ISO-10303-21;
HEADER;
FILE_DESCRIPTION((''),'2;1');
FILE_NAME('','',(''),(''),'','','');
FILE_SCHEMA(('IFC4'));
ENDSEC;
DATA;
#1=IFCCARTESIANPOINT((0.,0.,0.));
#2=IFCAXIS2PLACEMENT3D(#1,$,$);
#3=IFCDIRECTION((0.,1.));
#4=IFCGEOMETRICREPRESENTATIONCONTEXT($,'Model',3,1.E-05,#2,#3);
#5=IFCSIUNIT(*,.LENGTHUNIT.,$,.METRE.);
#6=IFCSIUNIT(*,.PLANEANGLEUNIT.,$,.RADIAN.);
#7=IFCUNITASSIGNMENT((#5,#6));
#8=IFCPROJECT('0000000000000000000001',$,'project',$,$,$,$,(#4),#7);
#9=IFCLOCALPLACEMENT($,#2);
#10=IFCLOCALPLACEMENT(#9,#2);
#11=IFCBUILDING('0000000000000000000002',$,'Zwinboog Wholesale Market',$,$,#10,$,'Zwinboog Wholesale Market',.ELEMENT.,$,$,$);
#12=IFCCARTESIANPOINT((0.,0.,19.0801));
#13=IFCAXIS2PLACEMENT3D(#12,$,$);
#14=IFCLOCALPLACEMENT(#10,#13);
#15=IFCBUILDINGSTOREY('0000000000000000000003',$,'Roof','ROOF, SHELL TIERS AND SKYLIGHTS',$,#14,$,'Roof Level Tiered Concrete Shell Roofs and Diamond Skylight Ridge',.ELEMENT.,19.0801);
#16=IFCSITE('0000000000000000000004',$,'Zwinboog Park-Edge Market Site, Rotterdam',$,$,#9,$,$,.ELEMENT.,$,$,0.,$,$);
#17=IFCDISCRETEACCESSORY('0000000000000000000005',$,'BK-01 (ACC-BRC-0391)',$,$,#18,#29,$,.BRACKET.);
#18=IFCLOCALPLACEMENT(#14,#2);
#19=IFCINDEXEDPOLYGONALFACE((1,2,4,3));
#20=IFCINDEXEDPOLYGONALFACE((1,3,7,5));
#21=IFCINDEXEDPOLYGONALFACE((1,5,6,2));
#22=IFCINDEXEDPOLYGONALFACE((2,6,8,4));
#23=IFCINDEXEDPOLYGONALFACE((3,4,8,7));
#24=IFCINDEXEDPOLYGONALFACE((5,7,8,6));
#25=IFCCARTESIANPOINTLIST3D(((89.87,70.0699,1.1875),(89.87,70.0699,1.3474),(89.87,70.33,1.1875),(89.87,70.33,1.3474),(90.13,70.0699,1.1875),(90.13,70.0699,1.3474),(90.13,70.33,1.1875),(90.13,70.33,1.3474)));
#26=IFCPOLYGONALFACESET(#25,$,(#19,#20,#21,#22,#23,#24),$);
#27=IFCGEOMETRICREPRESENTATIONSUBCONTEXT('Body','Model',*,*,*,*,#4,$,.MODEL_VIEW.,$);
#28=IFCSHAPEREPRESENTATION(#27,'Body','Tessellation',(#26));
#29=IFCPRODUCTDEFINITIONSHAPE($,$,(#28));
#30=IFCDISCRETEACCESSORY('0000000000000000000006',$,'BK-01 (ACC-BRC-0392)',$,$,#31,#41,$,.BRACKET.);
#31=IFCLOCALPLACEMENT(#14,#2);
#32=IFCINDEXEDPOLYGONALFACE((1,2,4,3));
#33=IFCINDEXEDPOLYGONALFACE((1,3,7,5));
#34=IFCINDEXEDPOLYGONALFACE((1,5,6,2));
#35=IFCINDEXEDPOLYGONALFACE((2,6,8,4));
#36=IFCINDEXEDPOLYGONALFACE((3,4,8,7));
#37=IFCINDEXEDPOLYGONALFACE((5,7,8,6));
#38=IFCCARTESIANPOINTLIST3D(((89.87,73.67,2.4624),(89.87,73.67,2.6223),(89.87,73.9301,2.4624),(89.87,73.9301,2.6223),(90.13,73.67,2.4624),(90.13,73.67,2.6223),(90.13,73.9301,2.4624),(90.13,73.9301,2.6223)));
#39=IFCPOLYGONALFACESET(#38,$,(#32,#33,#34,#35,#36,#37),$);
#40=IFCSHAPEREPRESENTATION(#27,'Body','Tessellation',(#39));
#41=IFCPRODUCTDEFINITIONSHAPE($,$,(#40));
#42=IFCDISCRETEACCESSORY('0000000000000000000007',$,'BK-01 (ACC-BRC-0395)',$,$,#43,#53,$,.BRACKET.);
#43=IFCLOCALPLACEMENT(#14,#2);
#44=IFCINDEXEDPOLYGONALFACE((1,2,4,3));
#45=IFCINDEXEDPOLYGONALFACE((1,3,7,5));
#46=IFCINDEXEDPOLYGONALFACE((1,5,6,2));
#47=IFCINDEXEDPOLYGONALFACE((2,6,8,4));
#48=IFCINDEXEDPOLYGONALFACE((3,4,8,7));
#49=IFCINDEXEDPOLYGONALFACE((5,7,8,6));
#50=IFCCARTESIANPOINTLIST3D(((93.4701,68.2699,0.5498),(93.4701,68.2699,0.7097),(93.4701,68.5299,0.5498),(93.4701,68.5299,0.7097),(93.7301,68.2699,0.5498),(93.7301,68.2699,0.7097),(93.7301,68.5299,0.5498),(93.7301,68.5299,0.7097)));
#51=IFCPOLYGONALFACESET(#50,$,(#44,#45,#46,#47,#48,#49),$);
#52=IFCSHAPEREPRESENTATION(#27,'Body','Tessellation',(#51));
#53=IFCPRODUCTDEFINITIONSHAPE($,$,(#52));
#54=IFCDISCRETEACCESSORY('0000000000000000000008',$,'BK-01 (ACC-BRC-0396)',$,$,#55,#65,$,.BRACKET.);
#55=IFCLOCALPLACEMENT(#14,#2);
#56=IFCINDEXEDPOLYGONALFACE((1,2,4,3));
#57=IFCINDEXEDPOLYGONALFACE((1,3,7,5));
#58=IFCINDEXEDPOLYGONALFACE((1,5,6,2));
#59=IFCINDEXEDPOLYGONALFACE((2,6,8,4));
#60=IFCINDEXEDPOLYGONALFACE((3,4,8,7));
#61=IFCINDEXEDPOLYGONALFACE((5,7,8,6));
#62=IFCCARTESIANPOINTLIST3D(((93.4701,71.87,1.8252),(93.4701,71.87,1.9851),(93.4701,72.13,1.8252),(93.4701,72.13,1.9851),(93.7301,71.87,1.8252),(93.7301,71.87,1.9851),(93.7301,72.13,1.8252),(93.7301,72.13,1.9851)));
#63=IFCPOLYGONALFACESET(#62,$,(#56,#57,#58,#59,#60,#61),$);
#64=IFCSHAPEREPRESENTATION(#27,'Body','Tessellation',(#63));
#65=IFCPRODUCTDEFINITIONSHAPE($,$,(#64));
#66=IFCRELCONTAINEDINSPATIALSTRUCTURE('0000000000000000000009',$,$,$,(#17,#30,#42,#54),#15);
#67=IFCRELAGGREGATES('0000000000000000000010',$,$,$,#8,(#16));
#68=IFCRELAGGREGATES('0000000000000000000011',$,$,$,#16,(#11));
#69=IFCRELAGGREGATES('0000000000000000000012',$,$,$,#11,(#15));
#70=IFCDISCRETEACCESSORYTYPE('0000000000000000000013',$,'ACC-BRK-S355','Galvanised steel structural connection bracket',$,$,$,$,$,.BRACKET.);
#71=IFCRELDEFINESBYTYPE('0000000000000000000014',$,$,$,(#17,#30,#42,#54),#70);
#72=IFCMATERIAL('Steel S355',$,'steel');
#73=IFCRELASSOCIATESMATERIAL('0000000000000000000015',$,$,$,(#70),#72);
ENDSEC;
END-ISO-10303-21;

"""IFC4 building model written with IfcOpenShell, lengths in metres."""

from ifc_helpers import new_model, si_unit, direction, frame, origin, origin_2d, place, context, subcontext, project, spatial, rectangle, extrude, material, type_object, element, save


model = new_model("IFC4")

# Units and contexts
model_context = context("Model", 3, precision=1e-05, world=origin(), true_north=direction((0.0, 1.0)))
body_context = subcontext(model_context, "Body", "Model", "MODEL_VIEW")
ifc_project = project(units=[si_unit("LENGTHUNIT", "METRE"), si_unit("PLANEANGLEUNIT", "RADIAN")], contexts=[model_context])

# Site, building, storey
site_placement = place(None, origin())
site = spatial("IfcSite", under=ifc_project, at=site_placement, Name="Zwinboog Park-Edge Market Site, Rotterdam", CompositionType="ELEMENT", RefElevation=0.0)
building_placement = place(site_placement, origin())
building = spatial("IfcBuilding", under=site, at=building_placement, Name="Zwinboog Wholesale Market", LongName="Zwinboog Wholesale Market", CompositionType="ELEMENT")
storey_placement = place(building_placement, frame((0.0, 0.0, 19.0801)))
storey = spatial("IfcBuildingStorey", under=building, at=storey_placement, Name="Roof", Description="ROOF, SHELL TIERS AND SKYLIGHTS", LongName="Roof Level Tiered Concrete Shell Roofs and Diamond Skylight Ridge", CompositionType="ELEMENT", Elevation=19.0801)

# Shared definitions
ifc_material_1 = material(Name="Steel S355", Category="steel")

# Discrete accessories
discrete_accessory_type = type_object("IfcDiscreteAccessoryType", Name="ACC-BRK-S355", Description="Galvanised steel structural connection bracket", PredefinedType="BRACKET", material=ifc_material_1)
for number, where, z_axis, x_axis, name in (
    (1, (90.0, 70.2, 1.1875), (0.0, 0.0, 1.0), (1.0, 0.0, 0.0), "BK-01 (ACC-BRC-0391)"),
    (2, (90.0, 73.8, 2.4624), (0.0, 0.0, 1.0), (1.0, 0.0, 0.0), "BK-01 (ACC-BRC-0392)"),
    (3, (93.6001, 68.3999, 0.5498), (0.0, 0.0, 1.0), (1.0, 0.0, 0.0), "BK-01 (ACC-BRC-0395)"),
    (4, (93.6001, 72.0, 1.8252), (0.0, 0.0, 1.0), (1.0, 0.0, 0.0), "BK-01 (ACC-BRC-0396)"),
):
    element("IfcDiscreteAccessory", number, at=place(storey_placement, frame(where, z_axis=z_axis, x_axis=x_axis)), inside=storey, type_object=discrete_accessory_type, Name=name, PredefinedType="BRACKET", context=body_context, shape_type="SweptSolid", body=[
        extrude(rectangle(XDim=0.26, YDim=0.26, at=origin_2d()), origin(), (0.0, 0.0, 1.0), 0.1599),
    ])

save(model, "model.ifc")
